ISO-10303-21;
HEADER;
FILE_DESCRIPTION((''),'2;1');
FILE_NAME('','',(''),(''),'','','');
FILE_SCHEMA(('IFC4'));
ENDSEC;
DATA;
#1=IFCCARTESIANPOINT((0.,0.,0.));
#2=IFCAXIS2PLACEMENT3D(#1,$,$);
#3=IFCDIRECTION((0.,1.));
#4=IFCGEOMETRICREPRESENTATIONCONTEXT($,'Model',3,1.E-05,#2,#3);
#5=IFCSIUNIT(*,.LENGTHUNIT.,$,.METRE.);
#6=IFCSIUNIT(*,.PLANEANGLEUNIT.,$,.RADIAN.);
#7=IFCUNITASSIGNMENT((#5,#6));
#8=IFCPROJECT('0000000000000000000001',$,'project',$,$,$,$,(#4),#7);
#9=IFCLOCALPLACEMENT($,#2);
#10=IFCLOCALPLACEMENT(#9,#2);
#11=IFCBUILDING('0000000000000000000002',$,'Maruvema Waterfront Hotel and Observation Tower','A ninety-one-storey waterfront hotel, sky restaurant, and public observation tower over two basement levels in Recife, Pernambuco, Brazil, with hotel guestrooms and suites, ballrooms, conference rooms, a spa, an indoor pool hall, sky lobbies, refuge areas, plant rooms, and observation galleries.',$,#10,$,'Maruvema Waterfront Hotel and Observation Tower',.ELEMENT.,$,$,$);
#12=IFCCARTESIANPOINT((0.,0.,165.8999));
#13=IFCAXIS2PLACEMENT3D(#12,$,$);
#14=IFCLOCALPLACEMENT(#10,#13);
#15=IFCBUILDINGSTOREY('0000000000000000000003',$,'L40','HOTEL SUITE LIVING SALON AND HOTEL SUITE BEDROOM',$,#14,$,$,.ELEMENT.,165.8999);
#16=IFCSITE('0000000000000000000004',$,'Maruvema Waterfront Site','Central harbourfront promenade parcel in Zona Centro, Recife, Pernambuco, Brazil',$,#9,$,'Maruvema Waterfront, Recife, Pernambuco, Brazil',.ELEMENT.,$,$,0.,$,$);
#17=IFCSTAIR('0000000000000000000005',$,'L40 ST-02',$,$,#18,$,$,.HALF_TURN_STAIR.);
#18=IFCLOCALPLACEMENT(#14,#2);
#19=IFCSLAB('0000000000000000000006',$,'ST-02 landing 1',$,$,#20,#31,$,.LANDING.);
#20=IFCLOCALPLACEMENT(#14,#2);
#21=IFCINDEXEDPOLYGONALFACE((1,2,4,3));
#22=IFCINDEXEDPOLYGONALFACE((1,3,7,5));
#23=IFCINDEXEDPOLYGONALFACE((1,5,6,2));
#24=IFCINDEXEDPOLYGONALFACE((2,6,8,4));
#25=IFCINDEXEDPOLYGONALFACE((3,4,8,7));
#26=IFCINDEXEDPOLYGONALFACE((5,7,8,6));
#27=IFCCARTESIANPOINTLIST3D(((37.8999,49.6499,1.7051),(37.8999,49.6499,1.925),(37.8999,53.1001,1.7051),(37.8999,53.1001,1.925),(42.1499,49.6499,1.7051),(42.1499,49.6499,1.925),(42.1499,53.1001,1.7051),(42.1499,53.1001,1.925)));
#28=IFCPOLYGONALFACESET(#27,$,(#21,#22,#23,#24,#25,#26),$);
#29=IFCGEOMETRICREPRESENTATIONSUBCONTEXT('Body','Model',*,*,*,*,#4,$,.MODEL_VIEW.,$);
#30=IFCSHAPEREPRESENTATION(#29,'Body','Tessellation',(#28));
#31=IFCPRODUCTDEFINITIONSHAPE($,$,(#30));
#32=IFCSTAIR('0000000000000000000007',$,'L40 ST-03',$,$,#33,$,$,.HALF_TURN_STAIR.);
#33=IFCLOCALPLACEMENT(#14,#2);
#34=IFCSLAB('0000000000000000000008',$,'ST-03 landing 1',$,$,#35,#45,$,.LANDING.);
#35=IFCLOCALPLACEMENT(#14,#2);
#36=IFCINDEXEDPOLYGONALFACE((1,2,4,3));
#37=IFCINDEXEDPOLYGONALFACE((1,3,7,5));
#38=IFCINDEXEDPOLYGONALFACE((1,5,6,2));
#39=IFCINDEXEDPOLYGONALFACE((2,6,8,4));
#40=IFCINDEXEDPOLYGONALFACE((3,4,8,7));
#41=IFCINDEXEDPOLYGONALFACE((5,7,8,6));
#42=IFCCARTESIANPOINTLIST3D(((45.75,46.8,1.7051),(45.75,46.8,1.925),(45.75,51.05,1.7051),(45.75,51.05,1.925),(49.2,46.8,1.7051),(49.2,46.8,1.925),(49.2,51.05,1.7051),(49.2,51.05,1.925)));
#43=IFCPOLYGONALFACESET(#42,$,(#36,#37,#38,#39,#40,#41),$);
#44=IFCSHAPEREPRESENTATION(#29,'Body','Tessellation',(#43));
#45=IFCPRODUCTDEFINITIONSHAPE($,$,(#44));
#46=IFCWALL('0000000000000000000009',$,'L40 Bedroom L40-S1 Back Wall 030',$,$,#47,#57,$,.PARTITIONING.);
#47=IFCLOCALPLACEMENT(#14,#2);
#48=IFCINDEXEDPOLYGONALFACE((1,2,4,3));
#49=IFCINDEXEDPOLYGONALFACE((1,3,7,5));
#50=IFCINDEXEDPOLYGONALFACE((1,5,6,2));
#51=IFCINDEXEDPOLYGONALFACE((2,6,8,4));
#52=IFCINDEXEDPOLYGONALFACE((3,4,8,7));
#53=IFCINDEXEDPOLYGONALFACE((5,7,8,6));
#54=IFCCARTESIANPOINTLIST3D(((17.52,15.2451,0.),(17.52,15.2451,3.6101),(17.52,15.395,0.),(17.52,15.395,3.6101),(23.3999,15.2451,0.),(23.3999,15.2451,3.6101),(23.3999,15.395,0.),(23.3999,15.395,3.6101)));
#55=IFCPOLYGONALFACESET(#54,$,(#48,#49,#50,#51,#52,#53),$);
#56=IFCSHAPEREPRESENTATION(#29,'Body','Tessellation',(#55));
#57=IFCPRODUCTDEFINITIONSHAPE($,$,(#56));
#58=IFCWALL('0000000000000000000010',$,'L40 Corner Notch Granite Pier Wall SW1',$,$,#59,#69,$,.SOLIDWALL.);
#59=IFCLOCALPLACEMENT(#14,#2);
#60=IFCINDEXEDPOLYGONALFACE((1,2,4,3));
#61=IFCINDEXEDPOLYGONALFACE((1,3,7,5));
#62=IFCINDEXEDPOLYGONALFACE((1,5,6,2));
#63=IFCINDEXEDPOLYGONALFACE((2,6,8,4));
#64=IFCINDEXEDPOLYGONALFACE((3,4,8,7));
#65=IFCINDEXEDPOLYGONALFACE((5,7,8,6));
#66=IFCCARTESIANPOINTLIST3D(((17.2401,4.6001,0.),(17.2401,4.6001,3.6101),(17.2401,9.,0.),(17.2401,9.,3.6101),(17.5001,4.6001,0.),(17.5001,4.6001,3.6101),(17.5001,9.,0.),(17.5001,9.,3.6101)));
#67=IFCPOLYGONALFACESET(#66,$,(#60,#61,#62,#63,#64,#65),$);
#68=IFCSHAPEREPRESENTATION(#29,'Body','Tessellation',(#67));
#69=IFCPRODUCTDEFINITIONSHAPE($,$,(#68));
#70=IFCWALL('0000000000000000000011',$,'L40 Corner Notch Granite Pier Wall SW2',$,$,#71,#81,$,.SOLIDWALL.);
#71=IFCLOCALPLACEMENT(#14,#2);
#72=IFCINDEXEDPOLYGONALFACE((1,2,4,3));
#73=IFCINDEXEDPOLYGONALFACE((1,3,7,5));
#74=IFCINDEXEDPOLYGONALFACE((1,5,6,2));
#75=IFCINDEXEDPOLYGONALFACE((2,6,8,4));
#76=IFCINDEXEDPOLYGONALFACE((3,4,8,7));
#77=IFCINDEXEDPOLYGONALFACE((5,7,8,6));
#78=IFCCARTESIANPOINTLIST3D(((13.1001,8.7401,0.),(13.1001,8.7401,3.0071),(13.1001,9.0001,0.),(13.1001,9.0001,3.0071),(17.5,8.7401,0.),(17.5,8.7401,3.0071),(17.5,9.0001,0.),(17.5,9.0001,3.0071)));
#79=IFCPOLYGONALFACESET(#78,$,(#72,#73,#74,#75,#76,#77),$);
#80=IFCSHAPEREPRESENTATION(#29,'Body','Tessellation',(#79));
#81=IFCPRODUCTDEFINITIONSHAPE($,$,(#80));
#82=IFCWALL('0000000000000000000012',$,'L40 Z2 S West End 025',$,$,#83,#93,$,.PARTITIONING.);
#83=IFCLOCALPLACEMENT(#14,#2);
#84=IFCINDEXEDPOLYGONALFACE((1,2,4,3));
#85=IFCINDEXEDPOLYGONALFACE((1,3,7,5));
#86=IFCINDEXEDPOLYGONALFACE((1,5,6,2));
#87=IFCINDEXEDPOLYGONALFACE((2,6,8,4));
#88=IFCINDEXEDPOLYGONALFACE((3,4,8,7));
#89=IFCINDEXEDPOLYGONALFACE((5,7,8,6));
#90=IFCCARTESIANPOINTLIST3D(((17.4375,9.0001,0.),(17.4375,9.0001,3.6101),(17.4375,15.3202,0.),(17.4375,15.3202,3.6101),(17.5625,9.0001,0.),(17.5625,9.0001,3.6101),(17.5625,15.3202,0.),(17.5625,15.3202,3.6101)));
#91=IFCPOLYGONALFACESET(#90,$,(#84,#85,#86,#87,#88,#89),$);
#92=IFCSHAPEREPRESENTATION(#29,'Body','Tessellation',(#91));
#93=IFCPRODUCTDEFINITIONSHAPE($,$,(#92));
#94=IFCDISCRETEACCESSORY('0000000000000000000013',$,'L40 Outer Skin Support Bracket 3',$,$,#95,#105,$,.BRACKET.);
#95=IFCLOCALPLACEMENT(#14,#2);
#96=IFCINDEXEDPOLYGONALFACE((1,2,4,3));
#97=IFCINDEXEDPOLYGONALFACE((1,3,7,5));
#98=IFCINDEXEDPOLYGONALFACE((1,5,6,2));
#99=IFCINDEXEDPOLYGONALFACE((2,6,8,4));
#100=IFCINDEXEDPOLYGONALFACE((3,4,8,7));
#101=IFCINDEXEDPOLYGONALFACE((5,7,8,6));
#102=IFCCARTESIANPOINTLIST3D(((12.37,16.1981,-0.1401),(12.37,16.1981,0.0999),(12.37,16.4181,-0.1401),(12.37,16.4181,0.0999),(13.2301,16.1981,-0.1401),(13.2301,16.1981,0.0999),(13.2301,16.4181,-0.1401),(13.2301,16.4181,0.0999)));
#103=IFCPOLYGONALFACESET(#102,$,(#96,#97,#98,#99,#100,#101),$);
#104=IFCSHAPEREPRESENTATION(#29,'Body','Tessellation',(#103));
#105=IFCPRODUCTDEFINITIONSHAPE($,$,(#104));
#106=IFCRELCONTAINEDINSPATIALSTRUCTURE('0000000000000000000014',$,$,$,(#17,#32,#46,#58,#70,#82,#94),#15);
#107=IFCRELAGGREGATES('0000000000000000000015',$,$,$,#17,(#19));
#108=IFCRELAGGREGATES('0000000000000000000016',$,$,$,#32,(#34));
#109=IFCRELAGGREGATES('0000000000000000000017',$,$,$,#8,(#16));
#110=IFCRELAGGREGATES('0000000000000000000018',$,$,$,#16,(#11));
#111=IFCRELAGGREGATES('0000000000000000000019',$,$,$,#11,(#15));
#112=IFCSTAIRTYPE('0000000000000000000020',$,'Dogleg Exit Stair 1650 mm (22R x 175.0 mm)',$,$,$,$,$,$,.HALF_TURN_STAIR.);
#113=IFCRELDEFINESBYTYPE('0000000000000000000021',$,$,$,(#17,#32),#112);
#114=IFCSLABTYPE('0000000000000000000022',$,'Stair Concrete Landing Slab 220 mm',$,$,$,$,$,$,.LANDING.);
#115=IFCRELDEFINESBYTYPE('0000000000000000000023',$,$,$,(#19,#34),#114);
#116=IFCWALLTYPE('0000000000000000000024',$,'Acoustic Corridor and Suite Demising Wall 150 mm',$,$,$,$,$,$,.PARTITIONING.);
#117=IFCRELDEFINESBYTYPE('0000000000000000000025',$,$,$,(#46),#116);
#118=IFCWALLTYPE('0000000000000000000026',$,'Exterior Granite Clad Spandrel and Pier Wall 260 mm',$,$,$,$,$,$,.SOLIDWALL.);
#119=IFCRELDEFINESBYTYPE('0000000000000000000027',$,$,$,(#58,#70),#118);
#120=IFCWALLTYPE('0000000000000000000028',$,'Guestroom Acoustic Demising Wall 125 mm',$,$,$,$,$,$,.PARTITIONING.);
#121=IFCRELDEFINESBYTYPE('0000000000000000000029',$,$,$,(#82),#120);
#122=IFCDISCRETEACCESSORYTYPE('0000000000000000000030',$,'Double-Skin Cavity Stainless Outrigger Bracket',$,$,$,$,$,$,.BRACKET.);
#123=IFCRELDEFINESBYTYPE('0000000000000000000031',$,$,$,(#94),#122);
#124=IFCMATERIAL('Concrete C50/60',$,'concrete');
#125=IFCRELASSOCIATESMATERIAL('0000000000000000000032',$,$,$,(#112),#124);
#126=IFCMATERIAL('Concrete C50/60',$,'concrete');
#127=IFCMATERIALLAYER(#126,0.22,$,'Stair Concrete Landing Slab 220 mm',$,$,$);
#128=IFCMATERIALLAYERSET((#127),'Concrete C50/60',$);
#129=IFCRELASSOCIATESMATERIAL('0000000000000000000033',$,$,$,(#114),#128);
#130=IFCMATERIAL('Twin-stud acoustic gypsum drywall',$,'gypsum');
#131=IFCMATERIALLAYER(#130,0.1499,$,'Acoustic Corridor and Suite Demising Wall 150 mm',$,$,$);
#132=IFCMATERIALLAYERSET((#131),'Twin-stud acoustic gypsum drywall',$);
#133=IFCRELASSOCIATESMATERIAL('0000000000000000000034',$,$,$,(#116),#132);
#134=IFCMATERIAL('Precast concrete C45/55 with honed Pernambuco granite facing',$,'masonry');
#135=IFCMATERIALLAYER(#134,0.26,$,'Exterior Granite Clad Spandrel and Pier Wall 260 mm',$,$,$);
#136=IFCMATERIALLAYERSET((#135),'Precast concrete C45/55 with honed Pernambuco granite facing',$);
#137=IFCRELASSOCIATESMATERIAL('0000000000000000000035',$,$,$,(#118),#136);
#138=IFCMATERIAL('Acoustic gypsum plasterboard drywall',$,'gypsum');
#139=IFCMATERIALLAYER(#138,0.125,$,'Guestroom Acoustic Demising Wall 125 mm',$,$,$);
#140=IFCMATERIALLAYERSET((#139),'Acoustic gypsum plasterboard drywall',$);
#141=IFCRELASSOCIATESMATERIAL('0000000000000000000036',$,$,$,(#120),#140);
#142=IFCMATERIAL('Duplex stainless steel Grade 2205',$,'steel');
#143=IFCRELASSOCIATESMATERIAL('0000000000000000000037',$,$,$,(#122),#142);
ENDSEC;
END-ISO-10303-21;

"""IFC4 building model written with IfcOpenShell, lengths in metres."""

from ifc_helpers import new_model, si_unit, direction, frame, frame_2d, origin, origin_2d, place, context, subcontext, project, spatial, polyline, rectangle, outline, extrude, material, layer, layer_set, type_object, element, aggregate, save


model = new_model("IFC4")

# Units and contexts
model_context = context("Model", 3, precision=1e-05, world=origin(), true_north=direction((0.0, 1.0)))
body_context = subcontext(model_context, "Body", "Model", "MODEL_VIEW")
ifc_project = project(units=[si_unit("LENGTHUNIT", "METRE"), si_unit("PLANEANGLEUNIT", "RADIAN")], contexts=[model_context])

# Site, building, storey
site_placement = place(None, origin())
site = spatial("IfcSite", under=ifc_project, at=site_placement, Name="Maruvema Waterfront Site", Description="Central harbourfront promenade parcel in Zona Centro, Recife, Pernambuco, Brazil", LongName="Maruvema Waterfront, Recife, Pernambuco, Brazil", CompositionType="ELEMENT", RefElevation=0.0)
building_placement = place(site_placement, origin())
building = spatial("IfcBuilding", under=site, at=building_placement, Name="Maruvema Waterfront Hotel and Observation Tower", Description="A ninety-one-storey waterfront hotel, sky restaurant, and public observation tower over two basement levels in Recife, Pernambuco, Brazil, with hotel guestrooms and suites, ballrooms, conference rooms, a spa, an indoor pool hall, sky lobbies, refuge areas, plant rooms, and observation galleries.", LongName="Maruvema Waterfront Hotel and Observation Tower", CompositionType="ELEMENT")
storey_placement = place(building_placement, frame((0.0, 0.0, 165.8999)))
storey = spatial("IfcBuildingStorey", under=building, at=storey_placement, Name="L40", Description="HOTEL SUITE LIVING SALON AND HOTEL SUITE BEDROOM", CompositionType="ELEMENT", Elevation=165.8999)

# Stairs, slabs
ifc_material_1 = material(Name="Concrete C50/60", Category="concrete")
stair_type = type_object("IfcStairType", Name="Dogleg Exit Stair 1650 mm (22R x 175.0 mm)", PredefinedType="HALF_TURN_STAIR", material=ifc_material_1)
ifc_material_2 = material(Name="Concrete C50/60", Category="concrete")
ifc_layer_1 = layer(ifc_material_2, 0.22, Name="Stair Concrete Landing Slab 220 mm")
ifc_layer_set_1 = layer_set([ifc_layer_1], Name="Concrete C50/60")
slab_type_1 = type_object("IfcSlabType", Name="Stair Concrete Landing Slab 220 mm", PredefinedType="LANDING", material=ifc_layer_set_1)
stair_1_placement = place(storey_placement, origin())
stair_1 = element("IfcStair", 1, at=stair_1_placement, inside=storey, type_object=stair_type, Name="L40 ST-02", PredefinedType="HALF_TURN_STAIR")
slab_1_placement = place(storey_placement, frame((0.0, 0.0, 1.7051)))
slab_1 = element("IfcSlab", 2, at=slab_1_placement, type_object=slab_type_1, Name="ST-02 landing 1", PredefinedType="LANDING", context=body_context, shape_type="SweptSolid", body=[
    extrude(outline(polyline([(37.8999, 49.6499), (42.1499, 49.6499), (42.1499, 53.1001), (37.8999, 53.1001), (37.8999, 49.6499)])), origin(), (0.0, 0.0, 1.0), 0.22),
])
aggregate(stair_1, [slab_1])
stair_2_placement = place(storey_placement, origin())
stair_2 = element("IfcStair", 3, at=stair_2_placement, inside=storey, type_object=stair_type, Name="L40 ST-03", PredefinedType="HALF_TURN_STAIR")
slab_2_placement = place(storey_placement, frame((0.0, 0.0, 1.7051)))
slab_2 = element("IfcSlab", 4, at=slab_2_placement, type_object=slab_type_1, Name="ST-03 landing 1", PredefinedType="LANDING", context=body_context, shape_type="SweptSolid", body=[
    extrude(outline(polyline([(49.2, 46.8), (49.2, 51.05), (45.75, 51.05), (45.75, 46.8), (49.2, 46.8)])), origin(), (0.0, 0.0, 1.0), 0.22),
])
aggregate(stair_2, [slab_2])

# Walls
ifc_material_3 = material(Name="Twin-stud acoustic gypsum drywall", Category="gypsum")
ifc_layer_2 = layer(ifc_material_3, 0.1499, Name="Acoustic Corridor and Suite Demising Wall 150 mm")
ifc_layer_set_2 = layer_set([ifc_layer_2], Name="Twin-stud acoustic gypsum drywall")
wall_type_1 = type_object("IfcWallType", Name="Acoustic Corridor and Suite Demising Wall 150 mm", PredefinedType="PARTITIONING", material=ifc_layer_set_2)
wall_1_placement = place(storey_placement, frame((17.52, 15.3201, 0.0), z_axis=(0.0, 0.0, 1.0), x_axis=(1.0, 0.0, 0.0)))
element("IfcWall", 5, at=wall_1_placement, inside=storey, type_object=wall_type_1, Name="L40 Bedroom L40-S1 Back Wall 030", PredefinedType="PARTITIONING", context=body_context, shape_type="SweptSolid", body=[
    extrude(rectangle(XDim=5.8799, YDim=0.1499, at=frame_2d((2.9399, 0.0))), origin(), (0.0, 0.0, 1.0), 3.6101),
])
ifc_material_4 = material(Name="Precast concrete C45/55 with honed Pernambuco granite facing", Category="masonry")
ifc_layer_3 = layer(ifc_material_4, 0.26, Name="Exterior Granite Clad Spandrel and Pier Wall 260 mm")
ifc_layer_set_3 = layer_set([ifc_layer_3], Name="Precast concrete C45/55 with honed Pernambuco granite facing")
wall_type_2 = type_object("IfcWallType", Name="Exterior Granite Clad Spandrel and Pier Wall 260 mm", PredefinedType="SOLIDWALL", material=ifc_layer_set_3)
wall_2_placement = place(storey_placement, frame((17.3701, 4.6001, 0.0), z_axis=(0.0, 0.0, 1.0), x_axis=(0.0, 1.0, 0.0)))
element("IfcWall", 6, at=wall_2_placement, inside=storey, type_object=wall_type_2, Name="L40 Corner Notch Granite Pier Wall SW1", PredefinedType="SOLIDWALL", context=body_context, shape_type="SweptSolid", body=[
    extrude(rectangle(XDim=4.3999, YDim=0.26, at=frame_2d((2.2, 0.0))), origin(), (0.0, 0.0, 1.0), 3.6101),
])
wall_3_placement = place(storey_placement, frame((17.5, 8.8701, 0.0), z_axis=(0.0, 0.0, 1.0), x_axis=(-1.0, 0.0, 0.0)))
element("IfcWall", 7, at=wall_3_placement, inside=storey, type_object=wall_type_2, Name="L40 Corner Notch Granite Pier Wall SW2", PredefinedType="SOLIDWALL", context=body_context, shape_type="SweptSolid", body=[
    extrude(rectangle(XDim=4.3999, YDim=0.26, at=frame_2d((2.2, 0.0))), origin(), (0.0, 0.0, 1.0), 3.0071),
])
ifc_material_5 = material(Name="Acoustic gypsum plasterboard drywall", Category="gypsum")
ifc_layer_4 = layer(ifc_material_5, 0.125, Name="Guestroom Acoustic Demising Wall 125 mm")
ifc_layer_set_4 = layer_set([ifc_layer_4], Name="Acoustic gypsum plasterboard drywall")
wall_type_3 = type_object("IfcWallType", Name="Guestroom Acoustic Demising Wall 125 mm", PredefinedType="PARTITIONING", material=ifc_layer_set_4)
wall_4_placement = place(storey_placement, frame((17.5, 9.0, 0.0), z_axis=(0.0, 0.0, 1.0), x_axis=(0.0, 1.0, 0.0)))
element("IfcWall", 8, at=wall_4_placement, inside=storey, type_object=wall_type_3, Name="L40 Z2 S West End 025", PredefinedType="PARTITIONING", context=body_context, shape_type="SweptSolid", body=[
    extrude(rectangle(XDim=6.3201, YDim=0.125, at=frame_2d((3.1602, 0.0))), origin(), (0.0, 0.0, 1.0), 3.6101),
])

# Discrete accessory
ifc_material_6 = material(Name="Duplex stainless steel Grade 2205", Category="steel")
discrete_accessory_type = type_object("IfcDiscreteAccessoryType", Name="Double-Skin Cavity Stainless Outrigger Bracket", PredefinedType="BRACKET", material=ifc_material_6)
discrete_accessory_placement = place(storey_placement, frame((12.8, 16.3081, -0.1401), z_axis=(0.0, 0.0, 1.0), x_axis=(0.0, -1.0, 0.0)))
element("IfcDiscreteAccessory", 9, at=discrete_accessory_placement, inside=storey, type_object=discrete_accessory_type, Name="L40 Outer Skin Support Bracket 3", PredefinedType="BRACKET", context=body_context, shape_type="SweptSolid", body=[
    extrude(rectangle(XDim=0.22, YDim=0.8601, at=origin_2d()), origin(), (0.0, 0.0, 1.0), 0.24),
])

save(model, "model.ifc")
